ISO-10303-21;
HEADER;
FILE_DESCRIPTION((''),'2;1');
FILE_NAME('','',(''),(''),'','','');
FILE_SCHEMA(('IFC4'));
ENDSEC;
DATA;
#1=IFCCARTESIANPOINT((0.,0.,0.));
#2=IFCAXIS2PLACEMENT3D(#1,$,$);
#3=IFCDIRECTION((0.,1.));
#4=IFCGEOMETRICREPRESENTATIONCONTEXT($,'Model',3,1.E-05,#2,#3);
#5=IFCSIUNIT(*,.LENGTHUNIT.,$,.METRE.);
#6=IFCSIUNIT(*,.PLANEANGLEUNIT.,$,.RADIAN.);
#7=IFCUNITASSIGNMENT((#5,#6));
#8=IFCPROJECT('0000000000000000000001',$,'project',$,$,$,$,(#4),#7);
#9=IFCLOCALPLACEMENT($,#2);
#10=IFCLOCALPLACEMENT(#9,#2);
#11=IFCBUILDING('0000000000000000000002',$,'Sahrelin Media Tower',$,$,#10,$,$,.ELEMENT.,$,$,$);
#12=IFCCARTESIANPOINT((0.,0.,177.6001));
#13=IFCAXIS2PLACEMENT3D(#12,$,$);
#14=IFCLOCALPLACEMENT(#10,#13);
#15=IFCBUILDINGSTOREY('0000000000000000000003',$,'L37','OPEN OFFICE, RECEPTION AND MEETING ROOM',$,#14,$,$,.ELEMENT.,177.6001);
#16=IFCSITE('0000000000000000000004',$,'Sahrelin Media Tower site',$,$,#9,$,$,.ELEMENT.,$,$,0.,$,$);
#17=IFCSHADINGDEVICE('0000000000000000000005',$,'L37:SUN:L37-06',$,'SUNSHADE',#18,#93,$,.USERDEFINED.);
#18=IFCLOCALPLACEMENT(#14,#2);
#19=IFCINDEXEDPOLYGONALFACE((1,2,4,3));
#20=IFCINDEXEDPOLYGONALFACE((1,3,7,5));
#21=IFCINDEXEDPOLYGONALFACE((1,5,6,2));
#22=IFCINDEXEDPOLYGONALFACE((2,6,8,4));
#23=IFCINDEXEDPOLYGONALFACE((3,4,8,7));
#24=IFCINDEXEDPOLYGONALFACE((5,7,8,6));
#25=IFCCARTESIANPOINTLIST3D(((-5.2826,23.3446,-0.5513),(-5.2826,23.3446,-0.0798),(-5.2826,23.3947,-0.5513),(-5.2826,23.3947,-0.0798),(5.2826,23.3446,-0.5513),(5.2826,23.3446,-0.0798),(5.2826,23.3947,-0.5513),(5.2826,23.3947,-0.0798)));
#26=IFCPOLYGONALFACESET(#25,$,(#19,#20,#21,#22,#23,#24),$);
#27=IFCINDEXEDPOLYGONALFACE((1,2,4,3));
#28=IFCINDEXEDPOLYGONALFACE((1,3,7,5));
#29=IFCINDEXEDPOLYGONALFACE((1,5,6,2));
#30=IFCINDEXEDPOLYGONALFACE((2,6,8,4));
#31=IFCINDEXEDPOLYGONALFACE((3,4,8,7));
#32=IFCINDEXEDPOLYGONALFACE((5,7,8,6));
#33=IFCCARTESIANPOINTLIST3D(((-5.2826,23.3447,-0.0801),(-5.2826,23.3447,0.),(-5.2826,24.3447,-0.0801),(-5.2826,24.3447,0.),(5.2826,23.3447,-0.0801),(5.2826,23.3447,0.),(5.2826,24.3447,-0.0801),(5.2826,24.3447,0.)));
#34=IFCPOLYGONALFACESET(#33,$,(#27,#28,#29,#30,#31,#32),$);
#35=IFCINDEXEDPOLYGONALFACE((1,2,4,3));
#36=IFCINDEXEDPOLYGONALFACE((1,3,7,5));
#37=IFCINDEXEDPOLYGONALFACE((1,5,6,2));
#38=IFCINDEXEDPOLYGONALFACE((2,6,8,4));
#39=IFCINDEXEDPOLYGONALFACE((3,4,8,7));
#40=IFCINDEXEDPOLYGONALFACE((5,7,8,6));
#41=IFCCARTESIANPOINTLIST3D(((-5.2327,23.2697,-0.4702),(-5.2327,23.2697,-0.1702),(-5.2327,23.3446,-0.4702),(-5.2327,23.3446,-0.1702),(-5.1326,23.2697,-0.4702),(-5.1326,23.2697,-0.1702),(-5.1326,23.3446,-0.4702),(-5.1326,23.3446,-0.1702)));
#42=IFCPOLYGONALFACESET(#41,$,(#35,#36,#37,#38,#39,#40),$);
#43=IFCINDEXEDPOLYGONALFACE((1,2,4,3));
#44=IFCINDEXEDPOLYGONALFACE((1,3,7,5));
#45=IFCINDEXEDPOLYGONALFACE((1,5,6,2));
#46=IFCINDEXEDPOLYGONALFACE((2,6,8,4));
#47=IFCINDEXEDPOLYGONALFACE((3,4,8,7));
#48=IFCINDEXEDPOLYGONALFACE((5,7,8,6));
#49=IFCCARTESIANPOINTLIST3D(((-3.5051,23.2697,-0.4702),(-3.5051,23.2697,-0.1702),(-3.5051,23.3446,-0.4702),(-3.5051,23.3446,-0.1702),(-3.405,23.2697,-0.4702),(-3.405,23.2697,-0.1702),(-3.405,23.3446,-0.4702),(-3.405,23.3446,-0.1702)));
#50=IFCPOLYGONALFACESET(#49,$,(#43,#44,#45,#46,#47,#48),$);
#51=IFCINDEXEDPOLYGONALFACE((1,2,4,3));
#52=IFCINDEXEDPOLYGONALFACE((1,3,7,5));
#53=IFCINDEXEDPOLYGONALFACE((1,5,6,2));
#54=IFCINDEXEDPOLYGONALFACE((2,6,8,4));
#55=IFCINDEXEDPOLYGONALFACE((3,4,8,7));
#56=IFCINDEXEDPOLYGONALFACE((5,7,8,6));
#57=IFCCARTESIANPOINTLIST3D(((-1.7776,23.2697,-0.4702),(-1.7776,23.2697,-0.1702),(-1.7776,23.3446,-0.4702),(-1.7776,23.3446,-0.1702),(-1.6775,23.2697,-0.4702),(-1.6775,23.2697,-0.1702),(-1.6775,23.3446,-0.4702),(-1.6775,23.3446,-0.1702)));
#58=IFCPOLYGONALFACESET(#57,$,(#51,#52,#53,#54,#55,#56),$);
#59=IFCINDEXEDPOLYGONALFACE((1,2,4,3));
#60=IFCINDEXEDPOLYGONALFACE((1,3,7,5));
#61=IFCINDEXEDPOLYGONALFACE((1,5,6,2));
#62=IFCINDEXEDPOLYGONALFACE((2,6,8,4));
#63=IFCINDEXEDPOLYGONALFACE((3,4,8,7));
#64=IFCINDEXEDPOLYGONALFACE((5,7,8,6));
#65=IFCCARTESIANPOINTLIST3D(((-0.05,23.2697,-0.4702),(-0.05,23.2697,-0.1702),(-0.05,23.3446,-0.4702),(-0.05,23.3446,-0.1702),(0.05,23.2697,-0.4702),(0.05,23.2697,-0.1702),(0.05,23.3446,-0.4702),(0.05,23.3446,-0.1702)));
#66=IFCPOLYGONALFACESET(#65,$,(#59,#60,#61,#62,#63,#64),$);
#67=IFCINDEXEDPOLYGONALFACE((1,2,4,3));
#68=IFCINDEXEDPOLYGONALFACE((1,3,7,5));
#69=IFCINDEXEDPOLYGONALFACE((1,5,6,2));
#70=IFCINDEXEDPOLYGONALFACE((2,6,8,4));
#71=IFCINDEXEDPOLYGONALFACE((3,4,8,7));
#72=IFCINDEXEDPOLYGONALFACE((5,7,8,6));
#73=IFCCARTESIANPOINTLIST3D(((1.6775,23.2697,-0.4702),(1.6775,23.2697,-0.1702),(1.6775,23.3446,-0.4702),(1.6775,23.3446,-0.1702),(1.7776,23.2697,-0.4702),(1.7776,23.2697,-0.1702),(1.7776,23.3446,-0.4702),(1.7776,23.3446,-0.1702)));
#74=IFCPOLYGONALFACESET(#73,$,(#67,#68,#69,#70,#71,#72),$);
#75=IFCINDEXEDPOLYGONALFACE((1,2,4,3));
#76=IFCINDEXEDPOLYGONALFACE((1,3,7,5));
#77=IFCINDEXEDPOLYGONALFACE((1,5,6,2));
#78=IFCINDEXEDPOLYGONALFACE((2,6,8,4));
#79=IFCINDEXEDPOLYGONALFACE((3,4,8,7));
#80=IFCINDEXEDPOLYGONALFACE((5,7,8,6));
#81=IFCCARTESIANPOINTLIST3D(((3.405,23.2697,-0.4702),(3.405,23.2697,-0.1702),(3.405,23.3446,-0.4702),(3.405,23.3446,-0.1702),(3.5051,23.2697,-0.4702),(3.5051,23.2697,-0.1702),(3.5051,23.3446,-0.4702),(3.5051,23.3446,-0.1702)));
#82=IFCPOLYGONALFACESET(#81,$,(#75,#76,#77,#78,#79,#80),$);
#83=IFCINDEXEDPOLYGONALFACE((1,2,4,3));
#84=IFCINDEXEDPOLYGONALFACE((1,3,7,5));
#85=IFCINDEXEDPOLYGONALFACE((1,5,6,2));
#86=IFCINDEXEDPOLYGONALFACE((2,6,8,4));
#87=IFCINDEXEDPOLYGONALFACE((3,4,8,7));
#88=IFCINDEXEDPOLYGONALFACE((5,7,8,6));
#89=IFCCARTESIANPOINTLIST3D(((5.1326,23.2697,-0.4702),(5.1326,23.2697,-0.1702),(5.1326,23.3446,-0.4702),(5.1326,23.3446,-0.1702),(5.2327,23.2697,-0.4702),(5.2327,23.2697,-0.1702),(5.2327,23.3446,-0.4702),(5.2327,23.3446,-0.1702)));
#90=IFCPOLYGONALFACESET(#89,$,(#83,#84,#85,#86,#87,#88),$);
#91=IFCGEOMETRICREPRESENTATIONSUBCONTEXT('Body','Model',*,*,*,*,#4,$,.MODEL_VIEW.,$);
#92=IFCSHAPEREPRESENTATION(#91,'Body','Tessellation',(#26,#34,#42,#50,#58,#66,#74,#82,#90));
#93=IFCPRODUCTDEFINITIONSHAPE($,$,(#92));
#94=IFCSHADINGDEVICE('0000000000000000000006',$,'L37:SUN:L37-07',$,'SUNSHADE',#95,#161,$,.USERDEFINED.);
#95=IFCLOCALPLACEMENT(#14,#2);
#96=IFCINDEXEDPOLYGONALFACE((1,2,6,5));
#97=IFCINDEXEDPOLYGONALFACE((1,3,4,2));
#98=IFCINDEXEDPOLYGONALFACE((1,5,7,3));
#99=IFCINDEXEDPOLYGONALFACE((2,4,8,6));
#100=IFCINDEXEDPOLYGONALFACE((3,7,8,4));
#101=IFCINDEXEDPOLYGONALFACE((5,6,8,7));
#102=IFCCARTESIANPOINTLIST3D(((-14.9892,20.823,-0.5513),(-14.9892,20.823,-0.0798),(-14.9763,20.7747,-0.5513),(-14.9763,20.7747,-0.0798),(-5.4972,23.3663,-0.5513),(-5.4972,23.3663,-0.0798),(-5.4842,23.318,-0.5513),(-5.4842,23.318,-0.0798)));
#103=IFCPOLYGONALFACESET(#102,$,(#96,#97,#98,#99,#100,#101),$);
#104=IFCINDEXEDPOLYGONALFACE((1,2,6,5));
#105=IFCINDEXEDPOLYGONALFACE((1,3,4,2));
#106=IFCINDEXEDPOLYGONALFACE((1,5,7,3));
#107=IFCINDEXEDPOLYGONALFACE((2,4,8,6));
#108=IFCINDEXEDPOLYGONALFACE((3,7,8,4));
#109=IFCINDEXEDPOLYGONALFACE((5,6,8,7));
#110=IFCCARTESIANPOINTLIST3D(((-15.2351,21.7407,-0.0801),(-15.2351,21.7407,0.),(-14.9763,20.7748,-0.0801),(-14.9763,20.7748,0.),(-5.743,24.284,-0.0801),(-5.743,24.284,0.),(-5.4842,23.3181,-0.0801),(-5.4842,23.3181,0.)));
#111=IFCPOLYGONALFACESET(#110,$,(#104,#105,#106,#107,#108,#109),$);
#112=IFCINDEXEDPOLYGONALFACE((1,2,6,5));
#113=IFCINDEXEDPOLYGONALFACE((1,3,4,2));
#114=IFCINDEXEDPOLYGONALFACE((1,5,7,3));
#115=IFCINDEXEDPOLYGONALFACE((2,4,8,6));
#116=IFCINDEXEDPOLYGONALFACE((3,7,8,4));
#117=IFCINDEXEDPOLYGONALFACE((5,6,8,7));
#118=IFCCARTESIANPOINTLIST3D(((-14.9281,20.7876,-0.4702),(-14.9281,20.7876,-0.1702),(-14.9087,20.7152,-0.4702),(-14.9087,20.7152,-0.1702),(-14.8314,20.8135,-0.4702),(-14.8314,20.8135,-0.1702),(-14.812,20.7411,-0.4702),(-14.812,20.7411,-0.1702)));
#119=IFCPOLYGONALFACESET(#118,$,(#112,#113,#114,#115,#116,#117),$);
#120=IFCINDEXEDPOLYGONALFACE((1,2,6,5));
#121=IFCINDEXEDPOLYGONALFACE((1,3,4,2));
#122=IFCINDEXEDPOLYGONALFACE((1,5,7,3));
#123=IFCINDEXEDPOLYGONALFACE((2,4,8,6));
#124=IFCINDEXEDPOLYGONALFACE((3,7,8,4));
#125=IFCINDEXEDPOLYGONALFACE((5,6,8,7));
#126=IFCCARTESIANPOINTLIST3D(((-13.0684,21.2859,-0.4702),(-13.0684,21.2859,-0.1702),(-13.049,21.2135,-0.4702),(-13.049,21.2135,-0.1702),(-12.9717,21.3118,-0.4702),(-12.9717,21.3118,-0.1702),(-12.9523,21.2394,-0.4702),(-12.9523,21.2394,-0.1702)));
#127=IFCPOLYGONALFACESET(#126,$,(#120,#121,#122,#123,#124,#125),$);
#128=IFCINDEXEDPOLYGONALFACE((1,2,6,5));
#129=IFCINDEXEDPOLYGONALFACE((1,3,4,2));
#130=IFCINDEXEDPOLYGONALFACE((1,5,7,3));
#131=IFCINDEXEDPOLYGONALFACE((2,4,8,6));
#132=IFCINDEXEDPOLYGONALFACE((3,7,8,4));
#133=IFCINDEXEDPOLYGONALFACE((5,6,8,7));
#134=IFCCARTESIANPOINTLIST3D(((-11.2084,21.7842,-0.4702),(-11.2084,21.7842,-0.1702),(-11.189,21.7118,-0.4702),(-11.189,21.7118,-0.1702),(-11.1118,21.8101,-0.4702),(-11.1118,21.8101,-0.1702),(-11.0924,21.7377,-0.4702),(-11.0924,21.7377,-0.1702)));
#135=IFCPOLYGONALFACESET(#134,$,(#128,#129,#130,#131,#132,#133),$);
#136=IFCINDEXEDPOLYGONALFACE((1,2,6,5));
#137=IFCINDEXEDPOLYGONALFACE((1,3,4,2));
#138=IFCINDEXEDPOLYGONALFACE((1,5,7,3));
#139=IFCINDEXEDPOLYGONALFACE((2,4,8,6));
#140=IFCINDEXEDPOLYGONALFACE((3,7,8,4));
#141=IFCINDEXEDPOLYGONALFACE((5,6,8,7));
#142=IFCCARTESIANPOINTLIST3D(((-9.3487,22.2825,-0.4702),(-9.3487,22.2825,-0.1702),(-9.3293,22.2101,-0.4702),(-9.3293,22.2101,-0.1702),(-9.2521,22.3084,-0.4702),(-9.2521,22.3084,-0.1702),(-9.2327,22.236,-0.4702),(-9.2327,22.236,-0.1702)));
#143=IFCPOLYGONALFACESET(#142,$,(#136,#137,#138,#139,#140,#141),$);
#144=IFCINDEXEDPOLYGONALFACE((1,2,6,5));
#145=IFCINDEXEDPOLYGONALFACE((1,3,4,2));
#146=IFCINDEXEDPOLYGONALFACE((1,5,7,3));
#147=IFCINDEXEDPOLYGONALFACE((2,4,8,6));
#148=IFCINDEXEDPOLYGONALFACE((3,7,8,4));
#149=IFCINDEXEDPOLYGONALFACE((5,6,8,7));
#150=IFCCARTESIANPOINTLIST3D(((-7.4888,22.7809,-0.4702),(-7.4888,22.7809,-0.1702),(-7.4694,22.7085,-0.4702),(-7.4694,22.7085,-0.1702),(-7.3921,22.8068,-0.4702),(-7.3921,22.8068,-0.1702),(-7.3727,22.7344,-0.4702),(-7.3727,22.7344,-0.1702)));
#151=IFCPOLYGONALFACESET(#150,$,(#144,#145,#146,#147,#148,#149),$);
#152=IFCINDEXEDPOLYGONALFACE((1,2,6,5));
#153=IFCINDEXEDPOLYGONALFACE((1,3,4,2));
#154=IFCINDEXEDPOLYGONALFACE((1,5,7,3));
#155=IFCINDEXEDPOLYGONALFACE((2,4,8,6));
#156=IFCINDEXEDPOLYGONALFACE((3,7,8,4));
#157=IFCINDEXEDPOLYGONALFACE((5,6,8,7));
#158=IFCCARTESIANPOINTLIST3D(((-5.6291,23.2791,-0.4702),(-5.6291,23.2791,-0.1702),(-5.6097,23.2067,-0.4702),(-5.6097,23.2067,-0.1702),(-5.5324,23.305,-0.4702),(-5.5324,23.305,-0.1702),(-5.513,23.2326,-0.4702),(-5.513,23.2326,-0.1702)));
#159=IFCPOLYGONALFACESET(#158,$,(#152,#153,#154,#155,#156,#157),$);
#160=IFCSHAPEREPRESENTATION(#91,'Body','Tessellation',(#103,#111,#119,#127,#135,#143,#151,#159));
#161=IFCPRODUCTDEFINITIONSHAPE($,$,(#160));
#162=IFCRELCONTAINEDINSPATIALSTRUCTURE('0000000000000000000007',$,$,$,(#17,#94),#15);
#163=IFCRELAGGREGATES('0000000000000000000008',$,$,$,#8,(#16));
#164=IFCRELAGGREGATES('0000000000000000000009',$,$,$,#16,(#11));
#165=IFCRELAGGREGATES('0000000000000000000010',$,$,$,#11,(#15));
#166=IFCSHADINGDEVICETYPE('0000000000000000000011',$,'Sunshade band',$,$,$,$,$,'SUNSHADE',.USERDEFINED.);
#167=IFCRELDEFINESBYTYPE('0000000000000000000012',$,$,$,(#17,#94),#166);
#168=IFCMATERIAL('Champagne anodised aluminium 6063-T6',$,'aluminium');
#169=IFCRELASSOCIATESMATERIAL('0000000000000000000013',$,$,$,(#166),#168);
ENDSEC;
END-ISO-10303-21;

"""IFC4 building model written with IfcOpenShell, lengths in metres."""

from ifc_helpers import new_model, si_unit, direction, frame, origin, origin_2d, place, context, subcontext, project, spatial, rectangle, extrude, material, type_object, element, save


model = new_model("IFC4")

# Units and contexts
model_context = context("Model", 3, precision=1e-05, world=origin(), true_north=direction((0.0, 1.0)))
body_context = subcontext(model_context, "Body", "Model", "MODEL_VIEW")
ifc_project = project(units=[si_unit("LENGTHUNIT", "METRE"), si_unit("PLANEANGLEUNIT", "RADIAN")], contexts=[model_context])

# Site, building, storey
site_placement = place(None, origin())
site = spatial("IfcSite", under=ifc_project, at=site_placement, Name="Sahrelin Media Tower site", CompositionType="ELEMENT", RefElevation=0.0)
building_placement = place(site_placement, origin())
building = spatial("IfcBuilding", under=site, at=building_placement, Name="Sahrelin Media Tower", CompositionType="ELEMENT")
storey_placement = place(building_placement, frame((0.0, 0.0, 177.6001)))
storey = spatial("IfcBuildingStorey", under=building, at=storey_placement, Name="L37", Description="OPEN OFFICE, RECEPTION AND MEETING ROOM", CompositionType="ELEMENT", Elevation=177.6001)

# Shared definitions
ifc_material_1 = material(Name="Champagne anodised aluminium 6063-T6", Category="aluminium")
placement_1 = place(storey_placement, frame((0.0, 23.3247, 0.0), z_axis=(0.0, 0.0, 1.0), x_axis=(1.0, 0.0, 0.0)))

# Shared definitions
placement_2 = place(storey_placement, frame((-10.2251, 22.0271, 0.0), z_axis=(0.0, 0.0, 1.0), x_axis=(0.965929, 0.258808, 0.0)))

# Shading devices
shading_device_type_1 = type_object("IfcShadingDeviceType", Name="Sunshade band", ElementType="SUNSHADE", PredefinedType="USERDEFINED", material=ifc_material_1)
element("IfcShadingDevice", 1, at=placement_1, inside=storey, type_object=shading_device_type_1, Name="L37:SUN:L37-06", ObjectType="SUNSHADE", PredefinedType="USERDEFINED", context=body_context, shape_type="SweptSolid", body=[
    extrude(rectangle(XDim=10.5652, YDim=0.05, at=origin_2d()), frame((0.0, 0.0449, -0.5513)), (0.0, 0.0, 1.0), 0.4714),
    extrude(rectangle(XDim=10.5652, YDim=1.0, at=origin_2d()), frame((0.0, 0.52, -0.0801)), (0.0, 0.0, 1.0), 0.0801),
    extrude(rectangle(XDim=0.1001, YDim=0.075, at=origin_2d()), frame((-5.1826, -0.0176, -0.4702)), (0.0, 0.0, 1.0), 0.3),
    extrude(rectangle(XDim=0.1001, YDim=0.075, at=origin_2d()), frame((-3.4551, -0.0176, -0.4702)), (0.0, 0.0, 1.0), 0.3),
    extrude(rectangle(XDim=0.1001, YDim=0.075, at=origin_2d()), frame((-1.7275, -0.0176, -0.4702)), (0.0, 0.0, 1.0), 0.3),
    extrude(rectangle(XDim=0.1001, YDim=0.075, at=origin_2d()), frame((0.0, -0.0176, -0.4702)), (0.0, 0.0, 1.0), 0.3),
    extrude(rectangle(XDim=0.1001, YDim=0.075, at=origin_2d()), frame((1.7275, -0.0176, -0.4702)), (0.0, 0.0, 1.0), 0.3),
    extrude(rectangle(XDim=0.1001, YDim=0.075, at=origin_2d()), frame((3.4551, -0.0176, -0.4702)), (0.0, 0.0, 1.0), 0.3),
    extrude(rectangle(XDim=0.1001, YDim=0.075, at=origin_2d()), frame((5.1826, -0.0176, -0.4702)), (0.0, 0.0, 1.0), 0.3),
])
element("IfcShadingDevice", 2, at=placement_2, inside=storey, type_object=shading_device_type_1, Name="L37:SUN:L37-07", ObjectType="SUNSHADE", PredefinedType="USERDEFINED", context=body_context, shape_type="SweptSolid", body=[
    extrude(rectangle(XDim=9.8269, YDim=0.05, at=origin_2d()), frame((0.0, 0.0449, -0.5513)), (0.0, 0.0, 1.0), 0.4714),
    extrude(rectangle(XDim=9.8269, YDim=1.0, at=origin_2d()), frame((0.0, 0.52, -0.0801)), (0.0, 0.0, 1.0), 0.0801),
    extrude(rectangle(XDim=0.1001, YDim=0.075, at=origin_2d()), frame((-4.8135, -0.0176, -0.4702)), (0.0, 0.0, 1.0), 0.3),
    extrude(rectangle(XDim=0.1001, YDim=0.075, at=origin_2d()), frame((-2.8882, -0.0176, -0.4702)), (0.0, 0.0, 1.0), 0.3),
    extrude(rectangle(XDim=0.1001, YDim=0.075, at=origin_2d()), frame((-0.9626, -0.0176, -0.4702)), (0.0, 0.0, 1.0), 0.3),
    extrude(rectangle(XDim=0.1001, YDim=0.075, at=origin_2d()), frame((0.9626, -0.0176, -0.4702)), (0.0, 0.0, 1.0), 0.3),
    extrude(rectangle(XDim=0.1001, YDim=0.075, at=origin_2d()), frame((2.8882, -0.0176, -0.4702)), (0.0, 0.0, 1.0), 0.3),
    extrude(rectangle(XDim=0.1001, YDim=0.075, at=origin_2d()), frame((4.8135, -0.0176, -0.4702)), (0.0, 0.0, 1.0), 0.3),
])

save(model, "model.ifc")
